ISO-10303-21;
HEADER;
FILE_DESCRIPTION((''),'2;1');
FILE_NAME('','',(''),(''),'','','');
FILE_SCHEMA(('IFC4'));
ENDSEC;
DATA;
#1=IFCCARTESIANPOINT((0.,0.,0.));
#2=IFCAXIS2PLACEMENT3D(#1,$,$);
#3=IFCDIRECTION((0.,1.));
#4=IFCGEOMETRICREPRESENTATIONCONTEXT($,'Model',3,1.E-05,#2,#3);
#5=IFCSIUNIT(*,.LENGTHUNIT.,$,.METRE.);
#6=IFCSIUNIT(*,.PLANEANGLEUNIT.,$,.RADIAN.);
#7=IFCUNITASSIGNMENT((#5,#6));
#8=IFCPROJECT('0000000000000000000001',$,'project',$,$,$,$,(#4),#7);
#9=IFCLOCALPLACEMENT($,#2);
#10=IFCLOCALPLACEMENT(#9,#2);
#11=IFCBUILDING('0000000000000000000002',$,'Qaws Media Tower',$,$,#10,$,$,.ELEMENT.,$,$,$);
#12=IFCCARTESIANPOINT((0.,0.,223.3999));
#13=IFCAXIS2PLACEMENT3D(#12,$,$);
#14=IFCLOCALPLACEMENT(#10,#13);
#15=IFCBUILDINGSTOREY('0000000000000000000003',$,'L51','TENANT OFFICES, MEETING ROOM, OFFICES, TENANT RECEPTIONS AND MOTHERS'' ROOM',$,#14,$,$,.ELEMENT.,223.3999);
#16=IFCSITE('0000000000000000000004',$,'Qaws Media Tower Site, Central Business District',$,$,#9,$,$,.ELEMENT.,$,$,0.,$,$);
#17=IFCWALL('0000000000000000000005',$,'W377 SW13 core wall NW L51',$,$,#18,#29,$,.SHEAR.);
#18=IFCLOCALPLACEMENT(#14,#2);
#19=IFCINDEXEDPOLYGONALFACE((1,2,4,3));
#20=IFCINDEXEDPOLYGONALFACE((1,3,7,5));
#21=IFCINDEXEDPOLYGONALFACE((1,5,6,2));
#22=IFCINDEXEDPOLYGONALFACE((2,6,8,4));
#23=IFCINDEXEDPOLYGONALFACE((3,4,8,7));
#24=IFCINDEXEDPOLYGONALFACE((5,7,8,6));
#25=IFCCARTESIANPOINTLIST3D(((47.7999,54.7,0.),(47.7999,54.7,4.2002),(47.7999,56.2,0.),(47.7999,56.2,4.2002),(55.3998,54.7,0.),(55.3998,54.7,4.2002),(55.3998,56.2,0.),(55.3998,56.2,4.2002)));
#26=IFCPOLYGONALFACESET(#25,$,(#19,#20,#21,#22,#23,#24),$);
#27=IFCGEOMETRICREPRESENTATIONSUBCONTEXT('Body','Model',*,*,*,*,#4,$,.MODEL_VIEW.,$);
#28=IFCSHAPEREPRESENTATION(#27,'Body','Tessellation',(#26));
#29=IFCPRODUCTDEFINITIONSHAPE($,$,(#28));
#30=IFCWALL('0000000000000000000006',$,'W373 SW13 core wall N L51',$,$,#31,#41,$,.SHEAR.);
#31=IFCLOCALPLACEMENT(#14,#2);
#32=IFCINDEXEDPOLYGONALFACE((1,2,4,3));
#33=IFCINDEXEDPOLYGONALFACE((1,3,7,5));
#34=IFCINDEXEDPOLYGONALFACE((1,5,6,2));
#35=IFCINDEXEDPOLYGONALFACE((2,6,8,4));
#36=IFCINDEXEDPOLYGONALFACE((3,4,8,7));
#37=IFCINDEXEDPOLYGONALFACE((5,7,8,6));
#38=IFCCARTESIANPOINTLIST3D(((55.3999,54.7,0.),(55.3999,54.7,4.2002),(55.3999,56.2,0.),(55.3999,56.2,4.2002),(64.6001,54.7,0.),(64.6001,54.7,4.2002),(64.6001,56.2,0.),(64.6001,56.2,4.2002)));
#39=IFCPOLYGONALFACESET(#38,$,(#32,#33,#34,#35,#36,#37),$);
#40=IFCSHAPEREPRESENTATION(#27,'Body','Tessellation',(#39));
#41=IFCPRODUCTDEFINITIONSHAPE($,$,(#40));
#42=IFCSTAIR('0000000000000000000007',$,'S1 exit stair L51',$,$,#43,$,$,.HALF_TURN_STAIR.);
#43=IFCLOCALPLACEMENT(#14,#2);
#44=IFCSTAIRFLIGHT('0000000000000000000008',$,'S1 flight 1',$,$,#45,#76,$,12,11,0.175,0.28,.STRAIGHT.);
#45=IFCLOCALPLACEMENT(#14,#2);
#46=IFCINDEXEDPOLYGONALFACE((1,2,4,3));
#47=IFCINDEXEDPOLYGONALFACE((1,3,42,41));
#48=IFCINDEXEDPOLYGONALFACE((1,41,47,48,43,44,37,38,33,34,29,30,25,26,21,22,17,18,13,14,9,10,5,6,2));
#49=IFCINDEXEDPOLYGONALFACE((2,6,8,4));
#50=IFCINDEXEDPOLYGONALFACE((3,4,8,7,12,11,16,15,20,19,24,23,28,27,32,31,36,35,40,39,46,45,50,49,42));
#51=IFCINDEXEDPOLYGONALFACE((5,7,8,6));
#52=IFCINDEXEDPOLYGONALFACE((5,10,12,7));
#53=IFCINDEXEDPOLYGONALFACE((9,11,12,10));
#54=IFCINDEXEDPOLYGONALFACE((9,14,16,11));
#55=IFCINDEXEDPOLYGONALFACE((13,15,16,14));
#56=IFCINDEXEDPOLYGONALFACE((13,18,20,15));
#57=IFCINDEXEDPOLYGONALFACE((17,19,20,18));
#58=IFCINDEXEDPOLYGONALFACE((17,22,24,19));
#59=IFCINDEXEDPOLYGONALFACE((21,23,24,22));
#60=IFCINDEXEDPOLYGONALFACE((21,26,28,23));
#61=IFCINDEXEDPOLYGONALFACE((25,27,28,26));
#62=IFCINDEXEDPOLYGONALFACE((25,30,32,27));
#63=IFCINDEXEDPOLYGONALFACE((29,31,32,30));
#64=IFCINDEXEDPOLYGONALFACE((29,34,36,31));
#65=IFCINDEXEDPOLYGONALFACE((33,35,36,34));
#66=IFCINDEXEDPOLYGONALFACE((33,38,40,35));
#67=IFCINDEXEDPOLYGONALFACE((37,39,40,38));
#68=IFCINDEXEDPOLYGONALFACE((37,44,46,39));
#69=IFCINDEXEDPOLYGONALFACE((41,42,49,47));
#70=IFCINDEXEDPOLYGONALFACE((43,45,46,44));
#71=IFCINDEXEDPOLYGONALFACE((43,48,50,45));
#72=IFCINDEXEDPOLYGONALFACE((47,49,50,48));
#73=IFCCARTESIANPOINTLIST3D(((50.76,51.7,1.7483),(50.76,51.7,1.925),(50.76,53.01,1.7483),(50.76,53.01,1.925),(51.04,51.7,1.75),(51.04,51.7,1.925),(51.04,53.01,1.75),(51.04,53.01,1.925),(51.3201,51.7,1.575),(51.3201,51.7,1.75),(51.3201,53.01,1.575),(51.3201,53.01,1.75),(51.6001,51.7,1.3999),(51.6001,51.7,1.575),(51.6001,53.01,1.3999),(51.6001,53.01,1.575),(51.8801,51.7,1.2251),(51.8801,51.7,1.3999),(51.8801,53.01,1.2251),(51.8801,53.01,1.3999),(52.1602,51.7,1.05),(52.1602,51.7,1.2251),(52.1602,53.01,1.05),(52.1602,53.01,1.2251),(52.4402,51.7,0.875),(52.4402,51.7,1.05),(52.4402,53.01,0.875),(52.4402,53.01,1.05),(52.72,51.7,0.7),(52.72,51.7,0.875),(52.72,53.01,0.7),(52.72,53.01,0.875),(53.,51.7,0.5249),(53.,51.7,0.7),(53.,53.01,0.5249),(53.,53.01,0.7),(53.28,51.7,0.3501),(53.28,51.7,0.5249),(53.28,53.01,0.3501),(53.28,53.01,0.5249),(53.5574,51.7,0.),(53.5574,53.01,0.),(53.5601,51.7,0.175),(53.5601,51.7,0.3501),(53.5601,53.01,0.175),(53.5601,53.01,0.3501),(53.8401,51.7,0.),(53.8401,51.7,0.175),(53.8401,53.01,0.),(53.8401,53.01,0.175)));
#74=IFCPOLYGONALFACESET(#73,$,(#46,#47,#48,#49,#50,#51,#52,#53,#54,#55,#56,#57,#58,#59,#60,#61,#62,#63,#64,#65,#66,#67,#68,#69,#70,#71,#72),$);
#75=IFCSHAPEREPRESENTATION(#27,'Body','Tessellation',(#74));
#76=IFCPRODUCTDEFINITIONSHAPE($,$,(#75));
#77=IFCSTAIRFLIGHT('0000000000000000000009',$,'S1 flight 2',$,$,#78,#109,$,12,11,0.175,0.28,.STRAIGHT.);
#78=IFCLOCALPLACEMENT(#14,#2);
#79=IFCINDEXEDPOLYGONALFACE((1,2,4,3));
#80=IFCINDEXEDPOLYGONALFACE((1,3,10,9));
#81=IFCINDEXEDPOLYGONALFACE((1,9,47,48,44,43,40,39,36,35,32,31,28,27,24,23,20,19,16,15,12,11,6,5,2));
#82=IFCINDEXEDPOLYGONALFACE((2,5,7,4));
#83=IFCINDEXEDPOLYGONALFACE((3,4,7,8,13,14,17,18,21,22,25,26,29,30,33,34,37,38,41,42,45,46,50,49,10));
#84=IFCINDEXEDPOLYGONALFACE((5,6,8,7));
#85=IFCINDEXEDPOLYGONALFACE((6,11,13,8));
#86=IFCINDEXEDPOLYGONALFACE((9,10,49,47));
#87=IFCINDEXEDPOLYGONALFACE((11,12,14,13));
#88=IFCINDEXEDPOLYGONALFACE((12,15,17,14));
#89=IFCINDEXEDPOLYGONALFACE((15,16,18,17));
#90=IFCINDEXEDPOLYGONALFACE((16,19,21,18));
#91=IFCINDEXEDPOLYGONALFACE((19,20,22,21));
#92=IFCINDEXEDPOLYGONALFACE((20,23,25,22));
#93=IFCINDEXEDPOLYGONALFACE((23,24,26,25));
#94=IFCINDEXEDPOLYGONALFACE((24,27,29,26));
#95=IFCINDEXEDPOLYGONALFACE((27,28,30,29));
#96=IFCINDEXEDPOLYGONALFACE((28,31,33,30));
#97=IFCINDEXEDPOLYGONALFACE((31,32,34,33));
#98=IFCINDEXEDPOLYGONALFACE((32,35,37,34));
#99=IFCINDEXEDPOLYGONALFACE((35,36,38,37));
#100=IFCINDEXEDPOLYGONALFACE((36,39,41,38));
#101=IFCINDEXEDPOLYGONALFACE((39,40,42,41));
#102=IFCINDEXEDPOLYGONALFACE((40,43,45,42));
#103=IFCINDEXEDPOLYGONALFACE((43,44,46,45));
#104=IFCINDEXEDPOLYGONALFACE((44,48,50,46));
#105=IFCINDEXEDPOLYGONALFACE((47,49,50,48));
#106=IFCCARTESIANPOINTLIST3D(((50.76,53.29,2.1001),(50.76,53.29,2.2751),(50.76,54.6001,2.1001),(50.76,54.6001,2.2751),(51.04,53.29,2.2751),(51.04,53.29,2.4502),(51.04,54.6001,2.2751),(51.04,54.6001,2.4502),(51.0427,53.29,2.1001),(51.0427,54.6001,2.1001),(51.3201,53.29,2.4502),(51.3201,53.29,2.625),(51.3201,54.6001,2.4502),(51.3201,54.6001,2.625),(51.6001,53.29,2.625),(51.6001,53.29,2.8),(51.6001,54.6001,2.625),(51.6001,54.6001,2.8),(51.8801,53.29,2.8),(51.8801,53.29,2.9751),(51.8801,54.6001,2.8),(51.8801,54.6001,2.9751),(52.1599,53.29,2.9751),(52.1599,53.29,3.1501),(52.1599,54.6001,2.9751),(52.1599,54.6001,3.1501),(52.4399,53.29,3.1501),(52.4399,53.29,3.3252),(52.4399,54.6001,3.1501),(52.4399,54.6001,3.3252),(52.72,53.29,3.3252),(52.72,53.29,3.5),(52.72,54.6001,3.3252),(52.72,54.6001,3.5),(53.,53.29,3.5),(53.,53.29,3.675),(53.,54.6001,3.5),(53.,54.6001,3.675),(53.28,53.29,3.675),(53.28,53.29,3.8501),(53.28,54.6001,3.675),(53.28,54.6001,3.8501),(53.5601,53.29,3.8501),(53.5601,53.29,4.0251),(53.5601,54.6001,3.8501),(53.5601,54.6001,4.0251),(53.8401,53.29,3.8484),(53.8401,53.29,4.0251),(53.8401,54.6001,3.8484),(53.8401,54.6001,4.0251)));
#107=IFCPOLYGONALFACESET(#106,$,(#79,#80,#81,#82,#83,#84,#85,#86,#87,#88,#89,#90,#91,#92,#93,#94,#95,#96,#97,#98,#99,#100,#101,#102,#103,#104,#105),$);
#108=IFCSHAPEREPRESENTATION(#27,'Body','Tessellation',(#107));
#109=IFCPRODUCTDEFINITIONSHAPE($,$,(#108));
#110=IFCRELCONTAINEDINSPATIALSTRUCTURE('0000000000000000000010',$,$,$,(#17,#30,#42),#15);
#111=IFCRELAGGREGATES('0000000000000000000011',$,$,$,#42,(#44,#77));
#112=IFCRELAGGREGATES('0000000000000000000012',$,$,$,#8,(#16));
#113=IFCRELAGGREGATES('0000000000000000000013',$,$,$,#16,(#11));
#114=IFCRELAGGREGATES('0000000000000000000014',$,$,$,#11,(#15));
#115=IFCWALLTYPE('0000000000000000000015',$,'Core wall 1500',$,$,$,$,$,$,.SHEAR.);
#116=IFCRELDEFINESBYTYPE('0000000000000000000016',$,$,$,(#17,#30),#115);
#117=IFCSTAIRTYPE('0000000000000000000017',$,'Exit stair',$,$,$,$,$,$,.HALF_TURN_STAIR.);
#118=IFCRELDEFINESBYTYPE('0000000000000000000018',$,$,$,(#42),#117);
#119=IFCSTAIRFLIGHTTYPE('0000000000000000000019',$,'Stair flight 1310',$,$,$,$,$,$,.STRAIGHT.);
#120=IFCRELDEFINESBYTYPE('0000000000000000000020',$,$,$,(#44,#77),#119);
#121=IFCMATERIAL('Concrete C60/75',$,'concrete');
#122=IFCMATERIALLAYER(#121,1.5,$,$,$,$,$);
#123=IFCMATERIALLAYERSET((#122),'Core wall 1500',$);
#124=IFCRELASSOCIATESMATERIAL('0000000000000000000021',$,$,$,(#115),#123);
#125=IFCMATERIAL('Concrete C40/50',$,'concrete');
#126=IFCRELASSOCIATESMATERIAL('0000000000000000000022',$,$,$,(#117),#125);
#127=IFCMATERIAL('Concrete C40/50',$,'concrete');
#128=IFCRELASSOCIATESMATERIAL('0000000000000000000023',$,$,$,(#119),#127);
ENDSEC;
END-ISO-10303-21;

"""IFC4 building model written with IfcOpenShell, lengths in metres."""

from ifc_helpers import new_model, si_unit, direction, frame, frame_2d, origin, place, context, subcontext, project, spatial, polyline, rectangle, outline, extrude, material, layer, layer_set, type_object, element, aggregate, save


model = new_model("IFC4")

# Units and contexts
model_context = context("Model", 3, precision=1e-05, world=origin(), true_north=direction((0.0, 1.0)))
body_context = subcontext(model_context, "Body", "Model", "MODEL_VIEW")
ifc_project = project(units=[si_unit("LENGTHUNIT", "METRE"), si_unit("PLANEANGLEUNIT", "RADIAN")], contexts=[model_context])

# Site, building, storey
site_placement = place(None, origin())
site = spatial("IfcSite", under=ifc_project, at=site_placement, Name="Qaws Media Tower Site, Central Business District", CompositionType="ELEMENT", RefElevation=0.0)
building_placement = place(site_placement, origin())
building = spatial("IfcBuilding", under=site, at=building_placement, Name="Qaws Media Tower", CompositionType="ELEMENT")
storey_placement = place(building_placement, frame((0.0, 0.0, 223.3999)))
storey = spatial("IfcBuildingStorey", under=building, at=storey_placement, Name="L51", Description="TENANT OFFICES, MEETING ROOM, OFFICES, TENANT RECEPTIONS AND MOTHERS' ROOM", CompositionType="ELEMENT", Elevation=223.3999)

# Walls
ifc_material_1 = material(Name="Concrete C60/75", Category="concrete")
ifc_layer_1 = layer(ifc_material_1, 1.5)
ifc_layer_set_1 = layer_set([ifc_layer_1], Name="Core wall 1500")
wall_type_1 = type_object("IfcWallType", Name="Core wall 1500", PredefinedType="SHEAR", material=ifc_layer_set_1)
wall_1_placement = place(storey_placement, frame((47.8, 55.45, 0.0), z_axis=(0.0, 0.0, 1.0), x_axis=(1.0, 0.0, 0.0)))
element("IfcWall", 1, at=wall_1_placement, inside=storey, type_object=wall_type_1, Name="W377 SW13 core wall NW L51", PredefinedType="SHEAR", context=body_context, shape_type="SweptSolid", body=[
    extrude(rectangle(XDim=7.5999, YDim=1.5, at=frame_2d((3.7998, 0.0))), origin(), (0.0, 0.0, 1.0), 4.2002),
])
wall_2_placement = place(storey_placement, frame((55.3999, 55.45, 0.0), z_axis=(0.0, 0.0, 1.0), x_axis=(1.0, 0.0, 0.0)))
element("IfcWall", 2, at=wall_2_placement, inside=storey, type_object=wall_type_1, Name="W373 SW13 core wall N L51", PredefinedType="SHEAR", context=body_context, shape_type="SweptSolid", body=[
    extrude(rectangle(XDim=9.2002, YDim=1.5, at=frame_2d((4.6001, 0.0))), origin(), (0.0, 0.0, 1.0), 4.2002),
])

# Stair, stair flights
ifc_material_2 = material(Name="Concrete C40/50", Category="concrete")
stair_type = type_object("IfcStairType", Name="Exit stair", PredefinedType="HALF_TURN_STAIR", material=ifc_material_2)
stair_placement = place(storey_placement, origin())
stair = element("IfcStair", 3, at=stair_placement, inside=storey, type_object=stair_type, Name="S1 exit stair L51", PredefinedType="HALF_TURN_STAIR")
ifc_material_3 = material(Name="Concrete C40/50", Category="concrete")
stair_flight_type = type_object("IfcStairFlightType", Name="Stair flight 1310", PredefinedType="STRAIGHT", material=ifc_material_3)
stair_flight_1_placement = place(storey_placement, frame((53.8401, 52.355, 0.0), z_axis=(0.0, 0.0, 1.0), x_axis=(-1.0, 0.0, 0.0)))
stair_flight_1 = element("IfcStairFlight", 4, at=stair_flight_1_placement, type_object=stair_flight_type, Name="S1 flight 1", NumberOfRisers=12, NumberOfTreads=11, PredefinedType="STRAIGHT", RiserHeight=0.175, TreadLength=0.28, context=body_context, shape_type="SweptSolid", body=[
    extrude(outline(polyline([(0.0, 0.0), (0.0, 0.175), (0.28, 0.175), (0.28, 0.3501), (0.5601, 0.3501), (0.5601, 0.5249), (0.8401, 0.5249), (0.8401, 0.7), (1.1201, 0.7), (1.1201, 0.875), (1.3999, 0.875), (1.3999, 1.05), (1.6799, 1.05), (1.6799, 1.2251), (1.96, 1.2251), (1.96, 1.3999), (2.24, 1.3999), (2.24, 1.575), (2.52, 1.575), (2.52, 1.75), (2.8, 1.75), (2.8, 1.925), (3.0801, 1.925), (3.0801, 2.1001), (3.0801, 1.7483), (0.2827, 0.0), (0.0, 0.0)])), frame((0.0, 0.655, 0.0), z_axis=(0.0, -1.0, 0.0), x_axis=(1.0, 0.0, 0.0)), (0.0, 0.0, 1.0), 1.3101),
])
stair_flight_2_placement = place(storey_placement, frame((50.76, 53.9451, 2.1001), z_axis=(0.0, 0.0, 1.0), x_axis=(1.0, 0.0, 0.0)))
stair_flight_2 = element("IfcStairFlight", 5, at=stair_flight_2_placement, type_object=stair_flight_type, Name="S1 flight 2", NumberOfRisers=12, NumberOfTreads=11, PredefinedType="STRAIGHT", RiserHeight=0.175, TreadLength=0.28, context=body_context, shape_type="SweptSolid", body=[
    extrude(outline(polyline([(0.0, 0.0), (0.0, 0.175), (0.28, 0.175), (0.28, 0.3501), (0.5601, 0.3501), (0.5601, 0.5249), (0.8401, 0.5249), (0.8401, 0.7), (1.1201, 0.7), (1.1201, 0.875), (1.3999, 0.875), (1.3999, 1.05), (1.6799, 1.05), (1.6799, 1.2251), (1.96, 1.2251), (1.96, 1.3999), (2.24, 1.3999), (2.24, 1.575), (2.52, 1.575), (2.52, 1.75), (2.8, 1.75), (2.8, 1.925), (3.0801, 1.925), (3.0801, 2.1001), (3.0801, 1.7483), (0.2827, 0.0), (0.0, 0.0)])), frame((0.0, 0.655, 0.0), z_axis=(0.0, -1.0, 0.0), x_axis=(1.0, 0.0, 0.0)), (0.0, 0.0, 1.0), 1.3101),
])
aggregate(stair, [stair_flight_1, stair_flight_2])

save(model, "model.ifc")
